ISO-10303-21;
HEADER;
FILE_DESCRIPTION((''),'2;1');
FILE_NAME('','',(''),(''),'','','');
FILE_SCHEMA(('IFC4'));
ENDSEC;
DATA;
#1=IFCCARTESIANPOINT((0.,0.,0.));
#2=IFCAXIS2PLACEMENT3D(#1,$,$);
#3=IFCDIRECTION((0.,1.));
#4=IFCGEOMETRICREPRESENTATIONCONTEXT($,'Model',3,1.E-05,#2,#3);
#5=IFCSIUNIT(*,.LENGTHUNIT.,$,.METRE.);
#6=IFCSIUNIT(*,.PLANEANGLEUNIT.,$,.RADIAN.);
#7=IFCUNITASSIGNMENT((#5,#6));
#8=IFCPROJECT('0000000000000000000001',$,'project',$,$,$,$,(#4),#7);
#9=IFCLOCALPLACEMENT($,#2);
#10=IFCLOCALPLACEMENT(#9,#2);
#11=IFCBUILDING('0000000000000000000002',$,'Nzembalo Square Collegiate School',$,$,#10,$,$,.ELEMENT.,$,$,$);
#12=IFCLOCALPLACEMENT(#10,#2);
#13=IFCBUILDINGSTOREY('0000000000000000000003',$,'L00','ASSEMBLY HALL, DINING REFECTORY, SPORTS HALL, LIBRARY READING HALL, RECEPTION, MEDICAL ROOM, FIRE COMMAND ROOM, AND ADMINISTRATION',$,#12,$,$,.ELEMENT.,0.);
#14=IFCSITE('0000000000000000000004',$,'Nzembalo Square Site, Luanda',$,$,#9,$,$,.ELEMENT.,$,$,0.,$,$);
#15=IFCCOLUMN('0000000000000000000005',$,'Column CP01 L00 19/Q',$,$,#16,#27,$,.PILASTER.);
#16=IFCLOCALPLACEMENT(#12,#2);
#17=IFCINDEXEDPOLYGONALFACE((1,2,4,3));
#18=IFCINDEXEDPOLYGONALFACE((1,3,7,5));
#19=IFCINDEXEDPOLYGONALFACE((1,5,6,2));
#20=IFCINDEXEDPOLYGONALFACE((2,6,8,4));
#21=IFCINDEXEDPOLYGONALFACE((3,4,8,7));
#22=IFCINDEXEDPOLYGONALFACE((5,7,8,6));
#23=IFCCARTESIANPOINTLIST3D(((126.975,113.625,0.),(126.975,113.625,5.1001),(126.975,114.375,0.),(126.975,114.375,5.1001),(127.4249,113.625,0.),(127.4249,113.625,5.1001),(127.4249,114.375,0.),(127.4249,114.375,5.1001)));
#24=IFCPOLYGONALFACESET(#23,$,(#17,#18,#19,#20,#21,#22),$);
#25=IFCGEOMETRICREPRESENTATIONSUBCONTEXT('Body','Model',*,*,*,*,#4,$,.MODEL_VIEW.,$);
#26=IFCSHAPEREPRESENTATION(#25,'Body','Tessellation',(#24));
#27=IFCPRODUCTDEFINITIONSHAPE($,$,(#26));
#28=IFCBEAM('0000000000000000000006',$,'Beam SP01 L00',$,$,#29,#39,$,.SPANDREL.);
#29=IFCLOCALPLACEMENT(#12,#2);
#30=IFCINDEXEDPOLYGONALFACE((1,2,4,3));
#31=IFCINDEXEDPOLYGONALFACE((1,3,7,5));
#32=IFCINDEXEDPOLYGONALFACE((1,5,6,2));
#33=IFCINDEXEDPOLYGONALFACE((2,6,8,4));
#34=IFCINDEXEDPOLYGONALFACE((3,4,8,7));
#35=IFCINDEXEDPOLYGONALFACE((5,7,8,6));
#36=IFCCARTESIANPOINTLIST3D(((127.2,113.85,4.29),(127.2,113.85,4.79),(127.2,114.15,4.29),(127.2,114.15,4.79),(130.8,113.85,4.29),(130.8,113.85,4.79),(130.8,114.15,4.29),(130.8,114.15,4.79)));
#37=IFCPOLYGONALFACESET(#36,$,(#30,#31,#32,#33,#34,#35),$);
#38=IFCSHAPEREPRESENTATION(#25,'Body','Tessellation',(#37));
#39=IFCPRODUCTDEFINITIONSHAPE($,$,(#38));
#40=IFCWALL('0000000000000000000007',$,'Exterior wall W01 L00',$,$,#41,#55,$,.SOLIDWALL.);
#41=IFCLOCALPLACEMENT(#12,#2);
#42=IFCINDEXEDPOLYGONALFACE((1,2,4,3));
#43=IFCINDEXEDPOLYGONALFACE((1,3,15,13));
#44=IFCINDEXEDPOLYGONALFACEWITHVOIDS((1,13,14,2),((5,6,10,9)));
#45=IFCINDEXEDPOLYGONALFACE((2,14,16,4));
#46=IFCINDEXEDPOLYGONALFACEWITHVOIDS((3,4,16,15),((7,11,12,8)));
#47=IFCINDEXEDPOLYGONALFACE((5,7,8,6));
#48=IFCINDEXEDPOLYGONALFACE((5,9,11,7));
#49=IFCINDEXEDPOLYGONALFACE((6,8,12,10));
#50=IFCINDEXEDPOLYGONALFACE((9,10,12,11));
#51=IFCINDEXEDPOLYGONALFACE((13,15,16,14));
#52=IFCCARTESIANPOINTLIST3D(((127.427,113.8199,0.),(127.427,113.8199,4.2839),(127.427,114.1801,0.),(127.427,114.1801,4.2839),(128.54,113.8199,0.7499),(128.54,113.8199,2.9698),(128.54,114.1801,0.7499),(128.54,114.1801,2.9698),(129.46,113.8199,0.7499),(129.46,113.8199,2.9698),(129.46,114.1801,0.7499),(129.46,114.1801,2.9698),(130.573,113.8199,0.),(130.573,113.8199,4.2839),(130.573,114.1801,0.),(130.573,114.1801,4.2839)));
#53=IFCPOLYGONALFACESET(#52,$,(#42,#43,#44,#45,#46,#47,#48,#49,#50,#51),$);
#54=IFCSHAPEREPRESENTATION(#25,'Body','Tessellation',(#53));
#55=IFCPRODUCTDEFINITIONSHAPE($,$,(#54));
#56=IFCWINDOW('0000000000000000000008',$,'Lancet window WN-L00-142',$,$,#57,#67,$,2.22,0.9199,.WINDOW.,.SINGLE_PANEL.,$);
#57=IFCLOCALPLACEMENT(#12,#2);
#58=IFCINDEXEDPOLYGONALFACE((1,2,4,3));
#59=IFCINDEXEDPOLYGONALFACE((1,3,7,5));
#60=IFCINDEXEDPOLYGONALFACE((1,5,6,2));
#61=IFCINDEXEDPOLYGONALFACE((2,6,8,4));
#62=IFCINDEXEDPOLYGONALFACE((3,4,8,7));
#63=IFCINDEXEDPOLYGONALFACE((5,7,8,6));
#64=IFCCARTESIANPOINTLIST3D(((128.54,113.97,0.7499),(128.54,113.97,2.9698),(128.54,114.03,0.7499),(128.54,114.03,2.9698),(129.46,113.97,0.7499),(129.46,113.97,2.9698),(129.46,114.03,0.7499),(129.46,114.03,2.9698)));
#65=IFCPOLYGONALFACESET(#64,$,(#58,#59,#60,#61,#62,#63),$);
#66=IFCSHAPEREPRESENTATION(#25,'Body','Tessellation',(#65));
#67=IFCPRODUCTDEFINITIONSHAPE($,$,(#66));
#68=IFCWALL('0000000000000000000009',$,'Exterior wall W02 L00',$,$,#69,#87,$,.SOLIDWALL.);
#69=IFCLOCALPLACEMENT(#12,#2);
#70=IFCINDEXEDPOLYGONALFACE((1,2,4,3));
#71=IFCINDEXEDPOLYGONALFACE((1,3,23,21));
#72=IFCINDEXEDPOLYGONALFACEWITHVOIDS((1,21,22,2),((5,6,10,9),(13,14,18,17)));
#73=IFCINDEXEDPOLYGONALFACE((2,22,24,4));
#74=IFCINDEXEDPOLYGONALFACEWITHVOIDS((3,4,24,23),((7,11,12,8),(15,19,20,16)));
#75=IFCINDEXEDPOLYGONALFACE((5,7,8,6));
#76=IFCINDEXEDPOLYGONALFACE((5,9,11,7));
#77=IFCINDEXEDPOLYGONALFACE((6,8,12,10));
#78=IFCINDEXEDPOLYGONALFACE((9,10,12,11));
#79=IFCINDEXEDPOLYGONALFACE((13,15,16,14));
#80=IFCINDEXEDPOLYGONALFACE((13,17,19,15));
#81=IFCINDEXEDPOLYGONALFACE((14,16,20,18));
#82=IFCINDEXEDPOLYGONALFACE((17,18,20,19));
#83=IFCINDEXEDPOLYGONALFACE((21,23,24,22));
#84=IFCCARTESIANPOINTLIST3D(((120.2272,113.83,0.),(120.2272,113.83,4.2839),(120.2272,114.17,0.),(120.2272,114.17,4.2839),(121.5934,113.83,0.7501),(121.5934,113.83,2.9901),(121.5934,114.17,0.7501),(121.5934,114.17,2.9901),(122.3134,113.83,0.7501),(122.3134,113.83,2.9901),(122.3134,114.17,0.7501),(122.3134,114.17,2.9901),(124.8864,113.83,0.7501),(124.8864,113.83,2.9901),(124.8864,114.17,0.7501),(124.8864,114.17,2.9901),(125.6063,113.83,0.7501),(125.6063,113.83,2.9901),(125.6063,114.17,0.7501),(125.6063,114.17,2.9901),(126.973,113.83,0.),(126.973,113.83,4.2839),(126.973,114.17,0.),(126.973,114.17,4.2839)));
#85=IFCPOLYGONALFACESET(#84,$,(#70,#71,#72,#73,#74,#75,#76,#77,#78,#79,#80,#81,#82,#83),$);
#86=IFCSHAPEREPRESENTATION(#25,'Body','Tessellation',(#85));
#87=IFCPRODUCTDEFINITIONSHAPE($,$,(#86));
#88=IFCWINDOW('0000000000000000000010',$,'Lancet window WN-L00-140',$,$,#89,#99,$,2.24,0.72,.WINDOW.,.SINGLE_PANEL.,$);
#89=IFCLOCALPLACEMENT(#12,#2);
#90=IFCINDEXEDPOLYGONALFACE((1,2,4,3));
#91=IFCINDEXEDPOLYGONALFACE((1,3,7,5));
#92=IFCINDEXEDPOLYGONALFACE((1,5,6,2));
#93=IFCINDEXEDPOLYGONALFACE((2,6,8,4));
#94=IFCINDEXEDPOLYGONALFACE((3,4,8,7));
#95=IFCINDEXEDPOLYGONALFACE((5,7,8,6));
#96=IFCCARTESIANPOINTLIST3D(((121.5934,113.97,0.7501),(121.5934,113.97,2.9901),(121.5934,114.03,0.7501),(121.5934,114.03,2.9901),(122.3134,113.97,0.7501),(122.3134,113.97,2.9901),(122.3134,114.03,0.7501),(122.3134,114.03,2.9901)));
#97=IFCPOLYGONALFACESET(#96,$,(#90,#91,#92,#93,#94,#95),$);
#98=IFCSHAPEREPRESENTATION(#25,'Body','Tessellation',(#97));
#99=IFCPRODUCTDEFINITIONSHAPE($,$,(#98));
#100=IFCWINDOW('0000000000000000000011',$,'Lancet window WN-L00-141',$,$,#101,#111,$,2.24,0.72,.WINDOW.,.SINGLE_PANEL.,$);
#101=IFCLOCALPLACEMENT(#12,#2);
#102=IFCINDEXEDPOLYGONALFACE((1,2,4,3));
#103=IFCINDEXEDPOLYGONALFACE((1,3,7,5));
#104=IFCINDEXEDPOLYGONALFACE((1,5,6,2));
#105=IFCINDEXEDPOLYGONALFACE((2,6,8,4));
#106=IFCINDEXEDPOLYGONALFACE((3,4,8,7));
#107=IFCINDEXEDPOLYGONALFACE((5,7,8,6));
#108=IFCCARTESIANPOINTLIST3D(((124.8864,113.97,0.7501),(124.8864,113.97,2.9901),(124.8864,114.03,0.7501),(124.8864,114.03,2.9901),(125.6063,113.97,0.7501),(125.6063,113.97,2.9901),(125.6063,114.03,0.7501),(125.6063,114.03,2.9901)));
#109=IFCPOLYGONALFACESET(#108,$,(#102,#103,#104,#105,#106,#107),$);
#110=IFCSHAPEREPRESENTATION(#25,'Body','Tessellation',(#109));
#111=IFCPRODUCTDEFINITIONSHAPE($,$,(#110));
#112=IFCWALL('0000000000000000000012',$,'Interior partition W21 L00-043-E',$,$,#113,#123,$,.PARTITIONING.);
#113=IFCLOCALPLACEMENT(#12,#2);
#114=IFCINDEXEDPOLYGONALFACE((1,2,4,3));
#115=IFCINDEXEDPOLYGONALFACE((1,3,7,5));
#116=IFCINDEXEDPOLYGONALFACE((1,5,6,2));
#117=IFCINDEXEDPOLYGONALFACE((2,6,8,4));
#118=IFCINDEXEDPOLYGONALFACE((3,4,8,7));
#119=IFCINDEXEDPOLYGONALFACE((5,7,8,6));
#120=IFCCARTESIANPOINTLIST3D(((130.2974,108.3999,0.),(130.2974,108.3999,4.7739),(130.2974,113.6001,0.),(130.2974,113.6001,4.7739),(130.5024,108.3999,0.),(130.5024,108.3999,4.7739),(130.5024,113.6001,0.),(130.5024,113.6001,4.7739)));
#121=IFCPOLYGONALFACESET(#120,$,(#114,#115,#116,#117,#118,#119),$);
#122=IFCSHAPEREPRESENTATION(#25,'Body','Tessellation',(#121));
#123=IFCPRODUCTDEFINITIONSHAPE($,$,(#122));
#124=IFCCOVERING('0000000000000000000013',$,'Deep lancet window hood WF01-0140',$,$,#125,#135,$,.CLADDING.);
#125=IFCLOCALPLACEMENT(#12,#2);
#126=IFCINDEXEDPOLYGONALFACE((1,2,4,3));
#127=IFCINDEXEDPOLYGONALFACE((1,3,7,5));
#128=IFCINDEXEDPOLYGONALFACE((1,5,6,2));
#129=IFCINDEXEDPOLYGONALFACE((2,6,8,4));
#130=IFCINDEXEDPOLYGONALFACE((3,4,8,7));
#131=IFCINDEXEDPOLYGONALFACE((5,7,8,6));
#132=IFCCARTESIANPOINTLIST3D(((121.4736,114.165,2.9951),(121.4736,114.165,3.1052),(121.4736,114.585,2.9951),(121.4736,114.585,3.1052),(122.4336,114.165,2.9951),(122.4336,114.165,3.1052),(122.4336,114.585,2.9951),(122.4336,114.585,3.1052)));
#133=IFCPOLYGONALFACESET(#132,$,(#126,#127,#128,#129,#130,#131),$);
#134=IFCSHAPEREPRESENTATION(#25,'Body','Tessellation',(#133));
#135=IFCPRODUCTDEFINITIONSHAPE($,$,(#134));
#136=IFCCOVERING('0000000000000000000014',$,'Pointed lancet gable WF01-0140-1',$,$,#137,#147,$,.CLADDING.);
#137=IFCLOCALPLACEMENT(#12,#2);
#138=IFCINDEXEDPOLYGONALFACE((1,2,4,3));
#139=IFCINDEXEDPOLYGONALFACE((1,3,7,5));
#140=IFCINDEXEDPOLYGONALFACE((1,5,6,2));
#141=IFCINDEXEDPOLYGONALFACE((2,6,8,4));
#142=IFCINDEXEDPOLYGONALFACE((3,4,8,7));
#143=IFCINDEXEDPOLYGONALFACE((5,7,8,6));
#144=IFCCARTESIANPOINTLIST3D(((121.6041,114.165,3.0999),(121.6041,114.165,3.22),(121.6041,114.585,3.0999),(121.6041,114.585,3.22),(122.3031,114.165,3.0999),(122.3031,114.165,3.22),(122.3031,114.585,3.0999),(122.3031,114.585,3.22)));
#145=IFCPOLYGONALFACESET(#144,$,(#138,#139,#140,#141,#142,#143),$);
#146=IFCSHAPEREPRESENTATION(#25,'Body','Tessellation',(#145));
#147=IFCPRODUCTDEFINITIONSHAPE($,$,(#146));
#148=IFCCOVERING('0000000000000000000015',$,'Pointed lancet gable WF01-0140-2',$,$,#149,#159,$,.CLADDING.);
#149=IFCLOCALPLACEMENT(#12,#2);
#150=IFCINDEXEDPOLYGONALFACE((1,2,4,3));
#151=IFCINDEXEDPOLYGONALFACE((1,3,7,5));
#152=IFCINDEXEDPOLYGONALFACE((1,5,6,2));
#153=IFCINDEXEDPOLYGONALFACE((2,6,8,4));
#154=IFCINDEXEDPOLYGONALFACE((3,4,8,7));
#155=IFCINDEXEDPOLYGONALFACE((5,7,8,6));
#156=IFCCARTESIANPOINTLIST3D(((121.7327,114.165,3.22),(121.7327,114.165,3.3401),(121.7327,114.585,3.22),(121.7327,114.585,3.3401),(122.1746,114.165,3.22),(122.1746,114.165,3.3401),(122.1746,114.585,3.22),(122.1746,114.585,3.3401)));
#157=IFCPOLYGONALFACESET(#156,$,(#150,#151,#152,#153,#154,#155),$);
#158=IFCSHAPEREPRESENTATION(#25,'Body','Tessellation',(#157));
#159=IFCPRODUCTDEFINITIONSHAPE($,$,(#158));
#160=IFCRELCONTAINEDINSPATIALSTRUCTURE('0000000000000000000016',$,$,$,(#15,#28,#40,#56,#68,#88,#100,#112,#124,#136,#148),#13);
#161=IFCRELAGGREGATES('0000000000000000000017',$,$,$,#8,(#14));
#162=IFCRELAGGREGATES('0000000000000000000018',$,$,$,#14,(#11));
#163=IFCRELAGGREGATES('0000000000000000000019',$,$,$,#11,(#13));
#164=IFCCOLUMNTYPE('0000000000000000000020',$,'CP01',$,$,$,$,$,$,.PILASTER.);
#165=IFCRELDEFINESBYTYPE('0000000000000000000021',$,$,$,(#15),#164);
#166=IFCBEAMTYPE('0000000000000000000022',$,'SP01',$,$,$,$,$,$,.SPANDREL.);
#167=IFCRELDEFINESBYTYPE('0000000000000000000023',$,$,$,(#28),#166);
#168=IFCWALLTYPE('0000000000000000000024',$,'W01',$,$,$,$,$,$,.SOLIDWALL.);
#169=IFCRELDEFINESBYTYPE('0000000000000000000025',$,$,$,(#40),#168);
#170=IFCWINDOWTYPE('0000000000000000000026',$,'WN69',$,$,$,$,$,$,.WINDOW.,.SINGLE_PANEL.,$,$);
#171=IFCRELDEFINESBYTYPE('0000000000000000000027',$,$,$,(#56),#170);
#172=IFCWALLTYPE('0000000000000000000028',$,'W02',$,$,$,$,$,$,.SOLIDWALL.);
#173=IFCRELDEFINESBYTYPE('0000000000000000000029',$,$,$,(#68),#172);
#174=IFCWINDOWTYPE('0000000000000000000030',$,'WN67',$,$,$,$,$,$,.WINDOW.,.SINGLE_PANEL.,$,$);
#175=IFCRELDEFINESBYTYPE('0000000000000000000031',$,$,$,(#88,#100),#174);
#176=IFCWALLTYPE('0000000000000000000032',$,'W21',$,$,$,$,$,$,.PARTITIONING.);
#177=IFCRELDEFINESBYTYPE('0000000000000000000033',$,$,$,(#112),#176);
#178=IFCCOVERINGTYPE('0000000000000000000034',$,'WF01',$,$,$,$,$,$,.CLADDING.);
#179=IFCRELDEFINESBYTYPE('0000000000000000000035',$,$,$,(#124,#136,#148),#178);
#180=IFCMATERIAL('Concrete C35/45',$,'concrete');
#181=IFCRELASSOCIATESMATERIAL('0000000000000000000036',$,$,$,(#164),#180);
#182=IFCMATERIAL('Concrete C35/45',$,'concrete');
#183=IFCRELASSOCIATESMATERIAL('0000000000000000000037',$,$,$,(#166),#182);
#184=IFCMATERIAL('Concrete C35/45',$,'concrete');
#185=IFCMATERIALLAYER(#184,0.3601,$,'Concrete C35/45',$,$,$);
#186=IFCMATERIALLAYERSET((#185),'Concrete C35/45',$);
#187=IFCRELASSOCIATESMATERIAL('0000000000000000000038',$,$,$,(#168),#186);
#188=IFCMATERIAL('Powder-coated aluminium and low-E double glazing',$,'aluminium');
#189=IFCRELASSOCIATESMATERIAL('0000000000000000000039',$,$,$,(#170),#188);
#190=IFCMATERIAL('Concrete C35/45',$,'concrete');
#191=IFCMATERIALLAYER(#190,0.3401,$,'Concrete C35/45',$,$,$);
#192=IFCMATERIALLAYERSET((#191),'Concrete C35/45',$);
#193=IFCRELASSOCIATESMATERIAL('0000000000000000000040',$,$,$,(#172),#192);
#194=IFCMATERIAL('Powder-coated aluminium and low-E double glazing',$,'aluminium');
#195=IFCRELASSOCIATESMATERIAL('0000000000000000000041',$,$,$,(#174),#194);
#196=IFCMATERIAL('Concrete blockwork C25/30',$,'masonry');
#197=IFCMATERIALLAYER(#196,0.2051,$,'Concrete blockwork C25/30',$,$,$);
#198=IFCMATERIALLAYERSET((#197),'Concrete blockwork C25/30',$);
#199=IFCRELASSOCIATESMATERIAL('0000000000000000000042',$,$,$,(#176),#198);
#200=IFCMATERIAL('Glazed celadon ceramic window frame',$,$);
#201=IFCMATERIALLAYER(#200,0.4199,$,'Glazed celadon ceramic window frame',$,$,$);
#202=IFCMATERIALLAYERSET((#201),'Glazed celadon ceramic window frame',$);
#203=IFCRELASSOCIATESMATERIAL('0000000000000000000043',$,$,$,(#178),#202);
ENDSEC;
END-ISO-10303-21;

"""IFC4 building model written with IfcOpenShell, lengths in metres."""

from ifc_helpers import new_model, si_unit, direction, frame, frame_2d, origin, origin_2d, place, context, subcontext, project, spatial, rectangle, extrude, material, layer, layer_set, material_profile, profile_set, type_object, element, fill, save


model = new_model("IFC4")

# Units and contexts
model_context = context("Model", 3, precision=1e-05, world=origin(), true_north=direction((0.0, 1.0)))
body_context = subcontext(model_context, "Body", "Model", "MODEL_VIEW")
ifc_project = project(units=[si_unit("LENGTHUNIT", "METRE"), si_unit("PLANEANGLEUNIT", "RADIAN")], contexts=[model_context])

# Site, building, storey
site_placement = place(None, origin())
site = spatial("IfcSite", under=ifc_project, at=site_placement, Name="Nzembalo Square Site, Luanda", CompositionType="ELEMENT", RefElevation=0.0)
building_placement = place(site_placement, origin())
building = spatial("IfcBuilding", under=site, at=building_placement, Name="Nzembalo Square Collegiate School", CompositionType="ELEMENT")
storey_placement = place(building_placement, origin())
storey = spatial("IfcBuildingStorey", under=building, at=storey_placement, Name="L00", Description="ASSEMBLY HALL, DINING REFECTORY, SPORTS HALL, LIBRARY READING HALL, RECEPTION, MEDICAL ROOM, FIRE COMMAND ROOM, AND ADMINISTRATION", CompositionType="ELEMENT", Elevation=0.0)

# Column
ifc_material_1 = material(Name="Concrete C35/45", Category="concrete")
ifc_material_profile_1 = material_profile(ifc_material_1, rectangle(XDim=0.45, YDim=0.75, at=origin_2d()), Name="RC 450x750")
ifc_profile_set_1 = profile_set([ifc_material_profile_1], Name="Concrete C35/45")
column_type = type_object("IfcColumnType", Name="CP01", PredefinedType="PILASTER", material=ifc_profile_set_1)
column_placement = place(storey_placement, frame((127.2, 114.0, 0.0), z_axis=(0.0, 0.0, 1.0), x_axis=(1.0, 0.0, 0.0)))
element("IfcColumn", 1, at=column_placement, inside=storey, type_object=column_type, Name="Column CP01 L00 19/Q", PredefinedType="PILASTER", context=body_context, shape_type="SweptSolid", body=[
    extrude(rectangle(XDim=0.45, YDim=0.75, at=origin_2d()), origin(), (0.0, 0.0, 1.0), 5.1001),
])

# Beam
ifc_material_2 = material(Name="Concrete C35/45", Category="concrete")
ifc_material_profile_2 = material_profile(ifc_material_2, rectangle(XDim=0.3, YDim=0.5, at=origin_2d()), Name="RC 300x500")
ifc_profile_set_2 = profile_set([ifc_material_profile_2], Name="Concrete C35/45")
beam_type = type_object("IfcBeamType", Name="SP01", PredefinedType="SPANDREL", material=ifc_profile_set_2)
beam_placement = place(storey_placement, frame((127.2, 114.0, 4.54), z_axis=(1.0, 0.0, 0.0), x_axis=(0.0, 1.0, 0.0)))
element("IfcBeam", 2, at=beam_placement, inside=storey, type_object=beam_type, Name="Beam SP01 L00", PredefinedType="SPANDREL", context=body_context, shape_type="SweptSolid", body=[
    extrude(rectangle(XDim=0.3, YDim=0.5, at=origin_2d()), origin(), (0.0, 0.0, 1.0), 3.6001),
])

# Wall, opening, window
ifc_material_3 = material(Name="Concrete C35/45", Category="concrete")
ifc_layer_1 = layer(ifc_material_3, 0.3601, Name="Concrete C35/45")
ifc_layer_set_1 = layer_set([ifc_layer_1], Name="Concrete C35/45")
wall_type_1 = type_object("IfcWallType", Name="W01", PredefinedType="SOLIDWALL", material=ifc_layer_set_1)
wall_1_placement = place(storey_placement, frame((127.427, 114.0, 0.0), z_axis=(0.0, 0.0, 1.0), x_axis=(1.0, 0.0, 0.0)))
wall_1 = element("IfcWall", 3, at=wall_1_placement, inside=storey, type_object=wall_type_1, Name="Exterior wall W01 L00", PredefinedType="SOLIDWALL", context=body_context, shape_type="SweptSolid", body=[
    extrude(rectangle(XDim=3.146, YDim=0.3601, at=frame_2d((1.573, 0.0))), origin(), (0.0, 0.0, 1.0), 4.2839),
])
opening_1_placement = place(wall_1_placement, frame((1.113, 0.0, 0.75)))
opening_1 = element("IfcOpeningElement", 4, at=opening_1_placement, cuts=wall_1, PredefinedType="OPENING", context=body_context, shape_type="SweptSolid", body=[
    extrude(rectangle(XDim=0.9199, YDim=2.22, at=frame_2d((0.46, 1.1099))), frame((0.0, 0.1899, 0.0), z_axis=(0.0, -1.0, 0.0), x_axis=(1.0, 0.0, 0.0)), (0.0, 0.0, 1.0), 0.3801),
])
ifc_material_4 = material(Name="Powder-coated aluminium and low-E double glazing", Category="aluminium")
window_type_1 = type_object("IfcWindowType", Name="WN69", PartitioningType="SINGLE_PANEL", PredefinedType="WINDOW", material=ifc_material_4)
window_1_placement = place(opening_1_placement, origin())
window_1 = element("IfcWindow", 5, at=window_1_placement, inside=storey, type_object=window_type_1, Name="Lancet window WN-L00-142", OverallHeight=2.22, OverallWidth=0.9199, PartitioningType="SINGLE_PANEL", PredefinedType="WINDOW", context=body_context, shape_type="SweptSolid", body=[
    extrude(rectangle(XDim=0.9199, YDim=2.22, at=frame_2d((0.46, 1.1099))), frame((0.0, 0.03, 0.0), z_axis=(0.0, -1.0, 0.0), x_axis=(1.0, 0.0, 0.0)), (0.0, 0.0, 1.0), 0.0601),
])
fill(opening_1, window_1)

# Wall, openings, windows
ifc_material_5 = material(Name="Concrete C35/45", Category="concrete")
ifc_layer_2 = layer(ifc_material_5, 0.3401, Name="Concrete C35/45")
ifc_layer_set_2 = layer_set([ifc_layer_2], Name="Concrete C35/45")
wall_type_2 = type_object("IfcWallType", Name="W02", PredefinedType="SOLIDWALL", material=ifc_layer_set_2)
wall_2_placement = place(storey_placement, frame((120.2271, 114.0, 0.0), z_axis=(0.0, 0.0, 1.0), x_axis=(1.0, 0.0, 0.0)))
wall_2 = element("IfcWall", 6, at=wall_2_placement, inside=storey, type_object=wall_type_2, Name="Exterior wall W02 L00", PredefinedType="SOLIDWALL", context=body_context, shape_type="SweptSolid", body=[
    extrude(rectangle(XDim=6.7458, YDim=0.3401, at=frame_2d((3.373, 0.0))), origin(), (0.0, 0.0, 1.0), 4.2839),
])
opening_2_placement = place(wall_2_placement, frame((1.3665, 0.0, 0.75)))
opening_2 = element("IfcOpeningElement", 7, at=opening_2_placement, cuts=wall_2, PredefinedType="OPENING", context=body_context, shape_type="SweptSolid", body=[
    extrude(rectangle(XDim=0.72, YDim=2.24, at=frame_2d((0.3599, 1.1201))), frame((0.0, 0.1802, 0.0), z_axis=(0.0, -1.0, 0.0), x_axis=(1.0, 0.0, 0.0)), (0.0, 0.0, 1.0), 0.3601),
])
opening_3_placement = place(wall_2_placement, frame((4.6594, 0.0, 0.75)))
opening_3 = element("IfcOpeningElement", 8, at=opening_3_placement, cuts=wall_2, PredefinedType="OPENING", context=body_context, shape_type="SweptSolid", body=[
    extrude(rectangle(XDim=0.72, YDim=2.24, at=frame_2d((0.3599, 1.1201))), frame((0.0, 0.1802, 0.0), z_axis=(0.0, -1.0, 0.0), x_axis=(1.0, 0.0, 0.0)), (0.0, 0.0, 1.0), 0.3601),
])
ifc_material_6 = material(Name="Powder-coated aluminium and low-E double glazing", Category="aluminium")
window_type_2 = type_object("IfcWindowType", Name="WN67", PartitioningType="SINGLE_PANEL", PredefinedType="WINDOW", material=ifc_material_6)
window_2_placement = place(opening_2_placement, origin())
window_2 = element("IfcWindow", 9, at=window_2_placement, inside=storey, type_object=window_type_2, Name="Lancet window WN-L00-140", OverallHeight=2.24, OverallWidth=0.72, PartitioningType="SINGLE_PANEL", PredefinedType="WINDOW", context=body_context, shape_type="SweptSolid", body=[
    extrude(rectangle(XDim=0.72, YDim=2.24, at=frame_2d((0.3599, 1.1201))), frame((0.0, 0.03, 0.0), z_axis=(0.0, -1.0, 0.0), x_axis=(1.0, 0.0, 0.0)), (0.0, 0.0, 1.0), 0.0601),
])
fill(opening_2, window_2)
window_3_placement = place(opening_3_placement, origin())
window_3 = element("IfcWindow", 10, at=window_3_placement, inside=storey, type_object=window_type_2, Name="Lancet window WN-L00-141", OverallHeight=2.24, OverallWidth=0.72, PartitioningType="SINGLE_PANEL", PredefinedType="WINDOW", context=body_context, shape_type="SweptSolid", body=[
    extrude(rectangle(XDim=0.72, YDim=2.24, at=frame_2d((0.3599, 1.1201))), frame((0.0, 0.03, 0.0), z_axis=(0.0, -1.0, 0.0), x_axis=(1.0, 0.0, 0.0)), (0.0, 0.0, 1.0), 0.0601),
])
fill(opening_3, window_3)

# Wall
ifc_material_7 = material(Name="Concrete blockwork C25/30", Category="masonry")
ifc_layer_3 = layer(ifc_material_7, 0.2051, Name="Concrete blockwork C25/30")
ifc_layer_set_3 = layer_set([ifc_layer_3], Name="Concrete blockwork C25/30")
wall_type_3 = type_object("IfcWallType", Name="W21", PredefinedType="PARTITIONING", material=ifc_layer_set_3)
wall_3_placement = place(storey_placement, frame((130.3999, 108.3999, 0.0), z_axis=(0.0, 0.0, 1.0), x_axis=(0.0, 1.0, 0.0)))
element("IfcWall", 11, at=wall_3_placement, inside=storey, type_object=wall_type_3, Name="Interior partition W21 L00-043-E", PredefinedType="PARTITIONING", context=body_context, shape_type="SweptSolid", body=[
    extrude(rectangle(XDim=5.2002, YDim=0.2051, at=frame_2d((2.6001, 0.0))), origin(), (0.0, 0.0, 1.0), 4.7739),
])

# Coverings
ifc_material_8 = material(Name="Glazed celadon ceramic window frame")
ifc_layer_4 = layer(ifc_material_8, 0.4199, Name="Glazed celadon ceramic window frame")
ifc_layer_set_4 = layer_set([ifc_layer_4], Name="Glazed celadon ceramic window frame")
covering_type = type_object("IfcCoveringType", Name="WF01", PredefinedType="CLADDING", material=ifc_layer_set_4)
covering_1_placement = place(storey_placement, frame((121.9536, 114.375, 2.9951), z_axis=(0.0, 0.0, 1.0), x_axis=(1.0, 0.0, 0.0)))
element("IfcCovering", 12, at=covering_1_placement, inside=storey, type_object=covering_type, Name="Deep lancet window hood WF01-0140", PredefinedType="CLADDING", context=body_context, shape_type="SweptSolid", body=[
    extrude(rectangle(XDim=0.96, YDim=0.4199, at=origin_2d()), origin(), (0.0, 0.0, 1.0), 0.1101),
])
covering_2_placement = place(storey_placement, frame((121.9536, 114.375, 3.0999), z_axis=(0.0, 0.0, 1.0), x_axis=(1.0, 0.0, 0.0)))
element("IfcCovering", 13, at=covering_2_placement, inside=storey, type_object=covering_type, Name="Pointed lancet gable WF01-0140-1", PredefinedType="CLADDING", context=body_context, shape_type="SweptSolid", body=[
    extrude(rectangle(XDim=0.699, YDim=0.4199, at=origin_2d()), origin(), (0.0, 0.0, 1.0), 0.1201),
])
covering_3_placement = place(storey_placement, frame((121.9536, 114.375, 3.22), z_axis=(0.0, 0.0, 1.0), x_axis=(1.0, 0.0, 0.0)))
element("IfcCovering", 14, at=covering_3_placement, inside=storey, type_object=covering_type, Name="Pointed lancet gable WF01-0140-2", PredefinedType="CLADDING", context=body_context, shape_type="SweptSolid", body=[
    extrude(rectangle(XDim=0.4419, YDim=0.4199, at=origin_2d()), origin(), (0.0, 0.0, 1.0), 0.1201),
])

save(model, "model.ifc")
